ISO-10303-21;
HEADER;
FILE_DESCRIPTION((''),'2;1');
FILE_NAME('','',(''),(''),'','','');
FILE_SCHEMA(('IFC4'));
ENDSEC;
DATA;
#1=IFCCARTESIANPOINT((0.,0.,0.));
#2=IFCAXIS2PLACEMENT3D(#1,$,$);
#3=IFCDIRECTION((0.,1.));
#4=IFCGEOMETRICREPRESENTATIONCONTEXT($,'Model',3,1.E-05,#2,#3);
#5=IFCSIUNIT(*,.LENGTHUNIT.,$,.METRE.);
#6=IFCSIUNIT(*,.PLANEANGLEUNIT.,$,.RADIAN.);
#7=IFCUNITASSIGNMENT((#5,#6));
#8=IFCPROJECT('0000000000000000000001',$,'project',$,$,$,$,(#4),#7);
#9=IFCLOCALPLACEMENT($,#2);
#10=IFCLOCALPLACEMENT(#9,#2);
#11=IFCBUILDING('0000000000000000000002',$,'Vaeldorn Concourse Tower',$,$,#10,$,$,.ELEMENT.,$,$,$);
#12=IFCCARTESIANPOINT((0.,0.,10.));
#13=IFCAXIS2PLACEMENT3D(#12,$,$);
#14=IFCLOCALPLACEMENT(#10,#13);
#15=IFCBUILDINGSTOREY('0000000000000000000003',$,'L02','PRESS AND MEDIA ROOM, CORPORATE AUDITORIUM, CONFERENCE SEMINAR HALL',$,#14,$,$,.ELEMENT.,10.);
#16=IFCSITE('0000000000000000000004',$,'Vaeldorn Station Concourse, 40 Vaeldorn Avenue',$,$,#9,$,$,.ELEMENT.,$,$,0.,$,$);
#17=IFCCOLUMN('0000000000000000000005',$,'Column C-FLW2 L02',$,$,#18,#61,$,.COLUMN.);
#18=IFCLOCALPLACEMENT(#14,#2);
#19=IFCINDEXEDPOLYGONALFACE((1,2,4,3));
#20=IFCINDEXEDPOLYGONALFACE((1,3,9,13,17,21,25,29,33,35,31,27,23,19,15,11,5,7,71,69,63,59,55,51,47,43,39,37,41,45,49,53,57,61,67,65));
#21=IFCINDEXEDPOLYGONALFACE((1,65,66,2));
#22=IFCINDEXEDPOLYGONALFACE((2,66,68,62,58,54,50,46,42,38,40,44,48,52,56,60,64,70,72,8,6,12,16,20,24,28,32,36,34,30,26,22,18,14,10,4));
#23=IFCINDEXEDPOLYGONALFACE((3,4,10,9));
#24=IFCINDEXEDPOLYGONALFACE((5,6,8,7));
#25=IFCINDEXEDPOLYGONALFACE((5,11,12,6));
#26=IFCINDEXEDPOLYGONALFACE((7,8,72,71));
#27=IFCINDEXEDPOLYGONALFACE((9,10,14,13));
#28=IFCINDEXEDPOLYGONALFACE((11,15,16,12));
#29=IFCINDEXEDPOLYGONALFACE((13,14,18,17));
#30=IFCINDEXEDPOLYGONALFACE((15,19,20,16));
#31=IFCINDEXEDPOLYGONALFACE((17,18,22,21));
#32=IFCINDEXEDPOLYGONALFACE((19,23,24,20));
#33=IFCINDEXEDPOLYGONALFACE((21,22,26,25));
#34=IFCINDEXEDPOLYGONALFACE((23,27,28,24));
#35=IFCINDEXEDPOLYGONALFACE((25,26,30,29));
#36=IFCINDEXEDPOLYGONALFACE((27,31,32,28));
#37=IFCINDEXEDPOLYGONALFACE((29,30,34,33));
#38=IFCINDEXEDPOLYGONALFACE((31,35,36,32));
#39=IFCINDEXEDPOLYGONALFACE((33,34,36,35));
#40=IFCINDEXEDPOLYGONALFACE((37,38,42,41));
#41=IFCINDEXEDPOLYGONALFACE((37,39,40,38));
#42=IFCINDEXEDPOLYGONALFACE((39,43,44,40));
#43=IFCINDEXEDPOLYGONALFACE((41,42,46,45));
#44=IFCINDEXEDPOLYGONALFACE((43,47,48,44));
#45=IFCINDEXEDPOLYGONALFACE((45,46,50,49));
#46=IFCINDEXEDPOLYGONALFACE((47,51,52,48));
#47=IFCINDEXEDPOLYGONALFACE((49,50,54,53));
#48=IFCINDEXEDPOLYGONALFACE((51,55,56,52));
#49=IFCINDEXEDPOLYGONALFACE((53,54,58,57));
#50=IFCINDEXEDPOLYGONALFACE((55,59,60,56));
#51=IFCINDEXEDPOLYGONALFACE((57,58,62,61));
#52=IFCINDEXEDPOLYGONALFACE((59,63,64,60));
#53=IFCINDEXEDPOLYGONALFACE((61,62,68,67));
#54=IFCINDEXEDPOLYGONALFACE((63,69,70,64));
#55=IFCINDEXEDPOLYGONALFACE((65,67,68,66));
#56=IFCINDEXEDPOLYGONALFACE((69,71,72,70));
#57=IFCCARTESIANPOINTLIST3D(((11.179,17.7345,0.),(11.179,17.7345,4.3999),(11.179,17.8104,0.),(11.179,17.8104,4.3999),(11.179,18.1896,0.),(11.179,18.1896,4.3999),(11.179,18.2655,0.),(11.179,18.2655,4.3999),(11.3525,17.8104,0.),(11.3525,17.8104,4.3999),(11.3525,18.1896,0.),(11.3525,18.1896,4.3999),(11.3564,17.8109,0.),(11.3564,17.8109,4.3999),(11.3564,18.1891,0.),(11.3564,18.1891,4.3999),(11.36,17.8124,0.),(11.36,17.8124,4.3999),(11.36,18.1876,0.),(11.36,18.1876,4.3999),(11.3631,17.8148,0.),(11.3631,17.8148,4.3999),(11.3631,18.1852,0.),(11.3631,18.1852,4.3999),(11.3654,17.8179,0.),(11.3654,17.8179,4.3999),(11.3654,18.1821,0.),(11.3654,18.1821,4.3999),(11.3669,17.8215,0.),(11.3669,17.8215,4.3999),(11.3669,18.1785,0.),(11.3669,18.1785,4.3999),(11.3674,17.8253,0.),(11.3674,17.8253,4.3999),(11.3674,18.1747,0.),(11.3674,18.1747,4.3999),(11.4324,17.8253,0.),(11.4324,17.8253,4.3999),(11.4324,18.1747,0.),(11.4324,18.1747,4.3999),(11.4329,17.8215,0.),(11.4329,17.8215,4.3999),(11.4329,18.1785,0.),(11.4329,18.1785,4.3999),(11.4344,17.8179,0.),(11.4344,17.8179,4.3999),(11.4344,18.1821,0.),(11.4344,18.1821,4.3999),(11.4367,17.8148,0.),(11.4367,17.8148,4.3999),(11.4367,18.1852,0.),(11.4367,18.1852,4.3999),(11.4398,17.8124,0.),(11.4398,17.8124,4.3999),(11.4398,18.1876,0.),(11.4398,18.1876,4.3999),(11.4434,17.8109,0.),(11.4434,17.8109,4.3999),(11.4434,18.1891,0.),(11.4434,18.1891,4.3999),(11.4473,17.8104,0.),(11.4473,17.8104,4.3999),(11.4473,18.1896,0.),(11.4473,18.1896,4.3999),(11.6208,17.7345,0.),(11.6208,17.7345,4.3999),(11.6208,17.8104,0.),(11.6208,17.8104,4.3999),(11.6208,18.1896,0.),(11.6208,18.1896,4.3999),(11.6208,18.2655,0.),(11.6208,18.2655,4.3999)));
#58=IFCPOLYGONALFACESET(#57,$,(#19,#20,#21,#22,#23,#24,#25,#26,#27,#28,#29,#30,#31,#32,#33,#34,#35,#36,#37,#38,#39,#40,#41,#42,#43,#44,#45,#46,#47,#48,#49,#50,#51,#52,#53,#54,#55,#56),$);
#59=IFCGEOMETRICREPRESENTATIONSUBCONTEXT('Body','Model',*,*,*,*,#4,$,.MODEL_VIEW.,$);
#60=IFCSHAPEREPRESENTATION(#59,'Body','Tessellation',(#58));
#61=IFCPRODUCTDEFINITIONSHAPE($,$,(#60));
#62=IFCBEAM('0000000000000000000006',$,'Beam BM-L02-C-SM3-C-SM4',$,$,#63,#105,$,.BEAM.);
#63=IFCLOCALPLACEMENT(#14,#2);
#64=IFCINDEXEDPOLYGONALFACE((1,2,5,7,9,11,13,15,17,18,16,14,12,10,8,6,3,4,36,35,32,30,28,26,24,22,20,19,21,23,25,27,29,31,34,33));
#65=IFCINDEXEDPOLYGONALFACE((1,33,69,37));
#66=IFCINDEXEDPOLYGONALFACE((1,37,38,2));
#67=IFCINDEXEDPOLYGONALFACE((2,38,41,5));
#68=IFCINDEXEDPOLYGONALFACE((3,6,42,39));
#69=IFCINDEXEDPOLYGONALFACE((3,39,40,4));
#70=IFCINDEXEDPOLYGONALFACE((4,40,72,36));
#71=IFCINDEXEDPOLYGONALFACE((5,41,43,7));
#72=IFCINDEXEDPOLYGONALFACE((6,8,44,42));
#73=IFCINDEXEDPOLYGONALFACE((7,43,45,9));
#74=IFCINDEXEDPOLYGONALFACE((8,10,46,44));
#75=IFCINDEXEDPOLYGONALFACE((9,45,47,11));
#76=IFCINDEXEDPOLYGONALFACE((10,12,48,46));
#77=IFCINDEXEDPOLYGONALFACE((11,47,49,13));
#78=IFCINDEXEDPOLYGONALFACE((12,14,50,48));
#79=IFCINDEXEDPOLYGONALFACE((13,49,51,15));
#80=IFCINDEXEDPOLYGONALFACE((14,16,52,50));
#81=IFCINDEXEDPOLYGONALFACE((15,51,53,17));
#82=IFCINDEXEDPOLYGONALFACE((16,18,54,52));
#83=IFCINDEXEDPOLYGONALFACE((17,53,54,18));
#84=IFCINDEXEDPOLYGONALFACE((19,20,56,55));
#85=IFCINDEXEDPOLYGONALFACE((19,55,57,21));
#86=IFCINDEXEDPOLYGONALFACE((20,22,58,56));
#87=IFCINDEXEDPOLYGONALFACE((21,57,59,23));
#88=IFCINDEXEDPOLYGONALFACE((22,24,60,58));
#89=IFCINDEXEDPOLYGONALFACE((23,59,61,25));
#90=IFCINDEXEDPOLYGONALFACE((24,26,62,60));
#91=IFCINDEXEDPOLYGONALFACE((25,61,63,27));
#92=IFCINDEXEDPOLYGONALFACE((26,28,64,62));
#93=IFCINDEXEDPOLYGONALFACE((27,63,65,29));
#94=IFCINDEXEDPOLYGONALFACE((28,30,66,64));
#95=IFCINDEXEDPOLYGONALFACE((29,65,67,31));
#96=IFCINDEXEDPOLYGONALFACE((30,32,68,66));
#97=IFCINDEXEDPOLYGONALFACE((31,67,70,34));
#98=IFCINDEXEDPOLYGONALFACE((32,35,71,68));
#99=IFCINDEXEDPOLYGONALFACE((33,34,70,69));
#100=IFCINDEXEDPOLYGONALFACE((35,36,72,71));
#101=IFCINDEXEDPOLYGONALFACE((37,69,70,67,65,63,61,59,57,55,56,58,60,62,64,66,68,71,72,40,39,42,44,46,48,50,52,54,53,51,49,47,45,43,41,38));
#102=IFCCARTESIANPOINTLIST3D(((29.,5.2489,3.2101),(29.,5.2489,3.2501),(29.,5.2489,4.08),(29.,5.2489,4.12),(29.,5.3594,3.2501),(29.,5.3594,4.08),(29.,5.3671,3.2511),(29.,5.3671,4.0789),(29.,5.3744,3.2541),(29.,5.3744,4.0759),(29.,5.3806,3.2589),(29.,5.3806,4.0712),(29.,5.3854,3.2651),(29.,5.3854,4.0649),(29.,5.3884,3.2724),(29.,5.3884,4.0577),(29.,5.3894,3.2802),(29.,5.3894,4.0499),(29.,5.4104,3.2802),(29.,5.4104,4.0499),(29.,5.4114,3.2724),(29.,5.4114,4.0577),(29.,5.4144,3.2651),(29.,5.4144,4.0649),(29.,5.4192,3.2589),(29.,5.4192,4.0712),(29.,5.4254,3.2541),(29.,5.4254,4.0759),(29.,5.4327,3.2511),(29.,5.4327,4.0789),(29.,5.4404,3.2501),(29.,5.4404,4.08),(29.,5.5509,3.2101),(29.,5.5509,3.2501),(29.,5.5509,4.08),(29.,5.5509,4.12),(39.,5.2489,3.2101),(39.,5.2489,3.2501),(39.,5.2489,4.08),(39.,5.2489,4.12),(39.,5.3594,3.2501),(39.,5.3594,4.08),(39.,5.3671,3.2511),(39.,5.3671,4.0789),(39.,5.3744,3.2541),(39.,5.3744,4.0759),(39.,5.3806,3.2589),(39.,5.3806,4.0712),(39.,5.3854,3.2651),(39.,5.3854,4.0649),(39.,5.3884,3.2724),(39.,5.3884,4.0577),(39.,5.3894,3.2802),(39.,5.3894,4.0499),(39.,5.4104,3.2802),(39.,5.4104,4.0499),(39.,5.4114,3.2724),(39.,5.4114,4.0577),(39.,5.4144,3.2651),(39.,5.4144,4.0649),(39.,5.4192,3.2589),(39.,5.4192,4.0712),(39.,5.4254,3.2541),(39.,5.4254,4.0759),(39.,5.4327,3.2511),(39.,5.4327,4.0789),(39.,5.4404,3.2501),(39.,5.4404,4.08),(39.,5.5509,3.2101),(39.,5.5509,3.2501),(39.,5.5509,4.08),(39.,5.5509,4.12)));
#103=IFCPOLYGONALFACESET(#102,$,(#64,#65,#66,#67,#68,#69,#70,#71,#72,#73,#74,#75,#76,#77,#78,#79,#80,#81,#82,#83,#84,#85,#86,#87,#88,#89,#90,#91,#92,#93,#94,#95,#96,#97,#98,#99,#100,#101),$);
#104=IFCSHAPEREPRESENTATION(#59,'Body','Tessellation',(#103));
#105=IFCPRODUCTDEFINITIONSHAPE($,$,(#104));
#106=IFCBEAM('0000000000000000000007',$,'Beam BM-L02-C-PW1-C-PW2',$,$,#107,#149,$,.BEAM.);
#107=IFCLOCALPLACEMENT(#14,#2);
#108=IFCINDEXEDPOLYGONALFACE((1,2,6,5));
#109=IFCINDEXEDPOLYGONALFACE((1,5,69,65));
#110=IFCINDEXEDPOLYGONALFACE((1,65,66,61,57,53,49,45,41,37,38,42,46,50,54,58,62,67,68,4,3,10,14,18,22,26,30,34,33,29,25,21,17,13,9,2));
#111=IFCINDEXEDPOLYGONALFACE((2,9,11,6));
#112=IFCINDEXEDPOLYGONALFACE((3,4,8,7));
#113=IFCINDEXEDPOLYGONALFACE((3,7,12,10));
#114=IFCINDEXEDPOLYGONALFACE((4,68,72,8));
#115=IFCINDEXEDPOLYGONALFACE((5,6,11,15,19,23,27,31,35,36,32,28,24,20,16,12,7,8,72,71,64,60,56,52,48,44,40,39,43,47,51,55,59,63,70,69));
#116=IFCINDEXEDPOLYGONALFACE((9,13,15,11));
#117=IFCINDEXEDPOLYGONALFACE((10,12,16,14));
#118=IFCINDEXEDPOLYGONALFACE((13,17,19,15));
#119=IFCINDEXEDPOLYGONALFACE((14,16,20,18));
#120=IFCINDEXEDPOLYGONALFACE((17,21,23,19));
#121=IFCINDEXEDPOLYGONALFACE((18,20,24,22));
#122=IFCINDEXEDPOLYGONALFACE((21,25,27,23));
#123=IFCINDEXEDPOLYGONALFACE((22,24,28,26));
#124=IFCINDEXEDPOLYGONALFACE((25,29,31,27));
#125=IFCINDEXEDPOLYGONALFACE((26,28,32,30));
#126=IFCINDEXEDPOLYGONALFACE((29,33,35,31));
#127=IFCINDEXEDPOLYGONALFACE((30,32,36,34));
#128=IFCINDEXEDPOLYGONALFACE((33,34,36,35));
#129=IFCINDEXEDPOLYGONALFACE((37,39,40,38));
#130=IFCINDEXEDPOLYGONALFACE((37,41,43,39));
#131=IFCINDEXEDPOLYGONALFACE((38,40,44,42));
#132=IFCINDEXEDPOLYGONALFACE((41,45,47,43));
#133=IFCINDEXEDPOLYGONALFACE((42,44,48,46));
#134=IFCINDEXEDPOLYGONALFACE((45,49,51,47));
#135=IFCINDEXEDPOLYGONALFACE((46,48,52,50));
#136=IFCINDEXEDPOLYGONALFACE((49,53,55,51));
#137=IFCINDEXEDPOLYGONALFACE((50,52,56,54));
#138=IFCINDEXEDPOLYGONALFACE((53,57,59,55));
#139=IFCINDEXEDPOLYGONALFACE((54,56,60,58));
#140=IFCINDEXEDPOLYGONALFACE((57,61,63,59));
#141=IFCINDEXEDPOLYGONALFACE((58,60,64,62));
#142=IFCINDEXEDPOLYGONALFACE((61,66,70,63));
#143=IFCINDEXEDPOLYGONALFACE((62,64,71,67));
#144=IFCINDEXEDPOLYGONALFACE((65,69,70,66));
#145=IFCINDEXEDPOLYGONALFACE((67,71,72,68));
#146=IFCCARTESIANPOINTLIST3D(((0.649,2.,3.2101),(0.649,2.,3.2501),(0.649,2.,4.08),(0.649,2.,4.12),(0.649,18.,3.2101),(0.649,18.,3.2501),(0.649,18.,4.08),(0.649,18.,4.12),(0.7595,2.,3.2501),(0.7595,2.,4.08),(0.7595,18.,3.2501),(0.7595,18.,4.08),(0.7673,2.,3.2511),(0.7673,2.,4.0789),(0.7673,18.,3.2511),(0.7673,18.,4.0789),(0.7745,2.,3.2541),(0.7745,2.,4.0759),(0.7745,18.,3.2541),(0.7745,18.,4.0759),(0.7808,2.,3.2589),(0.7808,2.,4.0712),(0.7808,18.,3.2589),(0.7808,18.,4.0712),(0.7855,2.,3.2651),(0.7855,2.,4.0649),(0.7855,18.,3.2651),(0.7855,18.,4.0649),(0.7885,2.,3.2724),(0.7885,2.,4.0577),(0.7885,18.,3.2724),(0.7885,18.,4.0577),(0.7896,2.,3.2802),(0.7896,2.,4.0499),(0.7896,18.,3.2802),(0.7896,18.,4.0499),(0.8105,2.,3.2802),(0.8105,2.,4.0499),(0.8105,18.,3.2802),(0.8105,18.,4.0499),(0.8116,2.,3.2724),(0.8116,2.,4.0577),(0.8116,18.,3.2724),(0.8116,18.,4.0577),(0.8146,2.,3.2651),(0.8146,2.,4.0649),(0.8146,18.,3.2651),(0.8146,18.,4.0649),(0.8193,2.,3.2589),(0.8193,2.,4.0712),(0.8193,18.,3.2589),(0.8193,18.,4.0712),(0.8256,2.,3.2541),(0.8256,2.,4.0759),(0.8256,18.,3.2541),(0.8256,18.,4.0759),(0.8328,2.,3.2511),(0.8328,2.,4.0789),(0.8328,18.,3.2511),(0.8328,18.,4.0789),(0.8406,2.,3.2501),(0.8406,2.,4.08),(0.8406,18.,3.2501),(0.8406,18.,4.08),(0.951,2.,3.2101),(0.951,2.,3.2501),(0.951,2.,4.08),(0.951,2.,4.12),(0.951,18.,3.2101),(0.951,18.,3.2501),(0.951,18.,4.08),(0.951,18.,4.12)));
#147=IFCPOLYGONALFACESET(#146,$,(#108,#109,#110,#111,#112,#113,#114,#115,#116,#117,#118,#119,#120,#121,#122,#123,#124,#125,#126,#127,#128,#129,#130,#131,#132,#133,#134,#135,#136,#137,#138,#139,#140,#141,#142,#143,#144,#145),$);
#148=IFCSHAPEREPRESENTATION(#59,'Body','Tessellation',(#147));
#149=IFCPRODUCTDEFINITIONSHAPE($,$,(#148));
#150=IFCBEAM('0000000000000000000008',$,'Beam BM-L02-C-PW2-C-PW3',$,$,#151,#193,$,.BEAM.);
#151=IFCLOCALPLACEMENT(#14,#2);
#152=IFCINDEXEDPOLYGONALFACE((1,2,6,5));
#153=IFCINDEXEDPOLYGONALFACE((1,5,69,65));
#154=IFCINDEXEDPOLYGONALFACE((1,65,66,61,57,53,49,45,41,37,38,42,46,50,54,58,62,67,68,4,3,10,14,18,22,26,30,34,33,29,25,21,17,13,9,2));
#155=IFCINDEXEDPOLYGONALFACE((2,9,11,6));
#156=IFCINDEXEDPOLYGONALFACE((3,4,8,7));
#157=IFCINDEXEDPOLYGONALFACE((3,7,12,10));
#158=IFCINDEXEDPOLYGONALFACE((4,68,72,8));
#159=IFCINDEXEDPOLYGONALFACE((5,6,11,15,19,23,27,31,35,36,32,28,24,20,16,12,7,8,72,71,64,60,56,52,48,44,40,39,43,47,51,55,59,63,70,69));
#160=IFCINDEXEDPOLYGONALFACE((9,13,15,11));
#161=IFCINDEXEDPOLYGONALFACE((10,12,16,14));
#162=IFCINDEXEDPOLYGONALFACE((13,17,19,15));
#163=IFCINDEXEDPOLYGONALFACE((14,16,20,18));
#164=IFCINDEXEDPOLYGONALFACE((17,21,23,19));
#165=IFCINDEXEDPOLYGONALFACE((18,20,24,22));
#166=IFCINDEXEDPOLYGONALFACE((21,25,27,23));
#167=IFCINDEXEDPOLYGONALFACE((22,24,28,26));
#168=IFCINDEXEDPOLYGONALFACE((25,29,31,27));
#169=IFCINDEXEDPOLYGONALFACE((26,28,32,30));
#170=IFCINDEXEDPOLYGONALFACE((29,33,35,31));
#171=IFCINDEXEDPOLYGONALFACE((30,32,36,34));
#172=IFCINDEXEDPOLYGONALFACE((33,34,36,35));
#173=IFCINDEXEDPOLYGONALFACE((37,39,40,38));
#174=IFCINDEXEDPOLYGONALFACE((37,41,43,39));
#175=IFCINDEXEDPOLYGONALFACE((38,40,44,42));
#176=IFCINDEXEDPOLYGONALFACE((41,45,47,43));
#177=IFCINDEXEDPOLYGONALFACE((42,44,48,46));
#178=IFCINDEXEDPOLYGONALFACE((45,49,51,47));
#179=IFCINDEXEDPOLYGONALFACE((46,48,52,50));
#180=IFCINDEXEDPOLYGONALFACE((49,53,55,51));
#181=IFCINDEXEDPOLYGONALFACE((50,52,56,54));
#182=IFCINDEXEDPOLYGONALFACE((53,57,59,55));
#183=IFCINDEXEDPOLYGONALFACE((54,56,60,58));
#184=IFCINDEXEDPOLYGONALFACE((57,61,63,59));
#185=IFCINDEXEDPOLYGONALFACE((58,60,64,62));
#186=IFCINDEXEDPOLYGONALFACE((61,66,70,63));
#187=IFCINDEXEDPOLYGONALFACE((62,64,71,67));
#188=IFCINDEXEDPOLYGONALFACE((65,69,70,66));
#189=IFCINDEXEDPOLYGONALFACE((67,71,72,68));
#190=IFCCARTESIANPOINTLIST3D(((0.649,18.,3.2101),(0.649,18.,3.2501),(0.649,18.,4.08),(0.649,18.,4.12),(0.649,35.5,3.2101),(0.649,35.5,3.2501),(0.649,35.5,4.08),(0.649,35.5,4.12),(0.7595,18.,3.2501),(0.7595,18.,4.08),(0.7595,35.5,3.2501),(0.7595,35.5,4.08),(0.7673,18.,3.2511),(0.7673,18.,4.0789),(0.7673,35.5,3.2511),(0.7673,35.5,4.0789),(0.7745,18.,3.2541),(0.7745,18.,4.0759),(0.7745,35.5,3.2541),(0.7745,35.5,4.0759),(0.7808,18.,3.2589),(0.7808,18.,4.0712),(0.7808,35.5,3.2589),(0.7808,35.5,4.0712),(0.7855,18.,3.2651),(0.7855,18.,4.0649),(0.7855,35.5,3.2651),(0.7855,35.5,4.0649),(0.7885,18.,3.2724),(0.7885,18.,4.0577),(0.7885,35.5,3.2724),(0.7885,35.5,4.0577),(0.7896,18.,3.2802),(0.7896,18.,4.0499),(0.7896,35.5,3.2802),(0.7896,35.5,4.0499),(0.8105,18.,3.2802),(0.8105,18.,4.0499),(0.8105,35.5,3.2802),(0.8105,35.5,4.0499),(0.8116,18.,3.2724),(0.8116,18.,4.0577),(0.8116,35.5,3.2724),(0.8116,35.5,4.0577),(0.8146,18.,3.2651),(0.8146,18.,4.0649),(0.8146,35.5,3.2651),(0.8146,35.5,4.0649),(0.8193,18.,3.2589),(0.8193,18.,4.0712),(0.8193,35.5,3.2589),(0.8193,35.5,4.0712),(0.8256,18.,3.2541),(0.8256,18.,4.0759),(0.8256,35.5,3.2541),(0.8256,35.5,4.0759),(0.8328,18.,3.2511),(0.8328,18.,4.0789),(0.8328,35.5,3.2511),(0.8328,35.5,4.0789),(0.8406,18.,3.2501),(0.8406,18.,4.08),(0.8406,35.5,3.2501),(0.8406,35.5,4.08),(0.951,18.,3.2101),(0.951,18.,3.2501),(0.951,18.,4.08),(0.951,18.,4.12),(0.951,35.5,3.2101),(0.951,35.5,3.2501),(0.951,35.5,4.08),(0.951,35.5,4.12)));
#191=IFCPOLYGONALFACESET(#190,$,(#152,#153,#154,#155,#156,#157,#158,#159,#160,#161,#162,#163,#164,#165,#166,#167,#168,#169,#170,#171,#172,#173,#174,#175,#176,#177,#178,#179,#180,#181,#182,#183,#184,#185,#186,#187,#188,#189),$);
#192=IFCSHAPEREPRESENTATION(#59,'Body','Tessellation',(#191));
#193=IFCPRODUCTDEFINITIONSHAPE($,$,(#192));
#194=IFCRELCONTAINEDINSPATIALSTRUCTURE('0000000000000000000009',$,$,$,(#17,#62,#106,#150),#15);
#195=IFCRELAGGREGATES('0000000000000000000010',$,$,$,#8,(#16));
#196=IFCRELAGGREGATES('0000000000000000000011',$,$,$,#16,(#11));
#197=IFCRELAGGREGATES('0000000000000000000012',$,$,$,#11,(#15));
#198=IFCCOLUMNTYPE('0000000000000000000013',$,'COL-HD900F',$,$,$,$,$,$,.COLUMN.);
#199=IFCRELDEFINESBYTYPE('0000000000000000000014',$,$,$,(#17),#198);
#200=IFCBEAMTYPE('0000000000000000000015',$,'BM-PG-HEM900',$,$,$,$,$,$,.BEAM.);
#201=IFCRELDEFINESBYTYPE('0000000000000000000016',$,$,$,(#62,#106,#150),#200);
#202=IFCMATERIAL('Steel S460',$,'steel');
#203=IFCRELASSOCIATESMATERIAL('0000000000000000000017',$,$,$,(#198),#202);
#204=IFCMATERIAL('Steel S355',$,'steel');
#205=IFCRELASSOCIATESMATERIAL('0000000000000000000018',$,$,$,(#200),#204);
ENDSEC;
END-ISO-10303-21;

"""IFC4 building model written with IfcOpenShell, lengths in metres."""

from ifc_helpers import new_model, si_unit, direction, frame, origin, origin_2d, place, context, subcontext, project, spatial, i_section, extrude, source, transform, mapped, material, material_profile, profile_set, type_object, element, save


model = new_model("IFC4")

# Units and contexts
model_context = context("Model", 3, precision=1e-05, world=origin(), true_north=direction((0.0, 1.0)))
body_context = subcontext(model_context, "Body", "Model", "MODEL_VIEW")
ifc_project = project(units=[si_unit("LENGTHUNIT", "METRE"), si_unit("PLANEANGLEUNIT", "RADIAN")], contexts=[model_context])

# Site, building, storey
site_placement = place(None, origin())
site = spatial("IfcSite", under=ifc_project, at=site_placement, Name="Vaeldorn Station Concourse, 40 Vaeldorn Avenue", CompositionType="ELEMENT", RefElevation=0.0)
building_placement = place(site_placement, origin())
building = spatial("IfcBuilding", under=site, at=building_placement, Name="Vaeldorn Concourse Tower", CompositionType="ELEMENT")
storey_placement = place(building_placement, frame((0.0, 0.0, 10.0)))
storey = spatial("IfcBuildingStorey", under=building, at=storey_placement, Name="L02", Description="PRESS AND MEDIA ROOM, CORPORATE AUDITORIUM, CONFERENCE SEMINAR HALL", CompositionType="ELEMENT", Elevation=10.0)

# Column
ifc_material_1 = material(Name="Steel S460", Category="steel")
ifc_material_profile_1 = material_profile(ifc_material_1, i_section(OverallWidth=0.4419, OverallDepth=0.531, WebThickness=0.0649, FlangeThickness=0.0759, FilletRadius=0.0149, at=origin_2d()), Name="HD 400x900")
ifc_profile_set_1 = profile_set([ifc_material_profile_1], Name="Steel S460")
column_type_1 = type_object("IfcColumnType", Name="COL-HD900F", PredefinedType="COLUMN", material=ifc_profile_set_1)
shared_shape_1 = source(origin(), body_context, "Body", "SweptSolid", [
    extrude(i_section(OverallWidth=0.4419, OverallDepth=0.531, WebThickness=0.0649, FlangeThickness=0.0759, FilletRadius=0.0149, at=origin_2d()), origin(), (0.0, 0.0, 1.0), 4.3999),
])
for number, where, z_axis, x_axis, name in (
    (1, (11.3999, 18.0, 0.0), (0.0, 0.0, 1.0), (1.0, 0.0, 0.0), "Column C-FLW2 L02"),
):
    element("IfcColumn", number, at=place(storey_placement, frame(where, z_axis=z_axis, x_axis=x_axis)), inside=storey, type_object=column_type_1, Name=name, PredefinedType="COLUMN", context=body_context, shape_type="MappedRepresentation", body=[
        mapped(shared_shape_1, transform((0.0, 0.0, 0.0), scale=1.0)),
    ])

# Beams
ifc_material_2 = material(Name="Steel S355", Category="steel")
ifc_material_profile_2 = material_profile(ifc_material_2, i_section(OverallWidth=0.302, OverallDepth=0.9099, WebThickness=0.021, FlangeThickness=0.04, FilletRadius=0.03, at=origin_2d()), Name="HEM 900")
ifc_profile_set_2 = profile_set([ifc_material_profile_2], Name="Steel S355")
beam_type_1 = type_object("IfcBeamType", Name="BM-PG-HEM900", PredefinedType="BEAM", material=ifc_profile_set_2)
shared_shape_2 = source(origin(), body_context, "Body", "SweptSolid", [
    extrude(i_section(OverallWidth=0.302, OverallDepth=0.9099, WebThickness=0.021, FlangeThickness=0.04, FilletRadius=0.03, at=origin_2d()), origin(), (0.0, 0.0, 1.0), 10.0),
])
beam_1_placement = place(storey_placement, frame((29.0, 5.3999, 3.665), z_axis=(1.0, 0.0, 0.0), x_axis=(0.0, 1.0, 0.0)))
element("IfcBeam", 2, at=beam_1_placement, inside=storey, type_object=beam_type_1, Name="Beam BM-L02-C-SM3-C-SM4", PredefinedType="BEAM", context=body_context, shape_type="MappedRepresentation", body=[
    mapped(shared_shape_2, transform((0.0, 0.0, 0.0), scale=1.0)),
])
shared_shape_3 = source(origin(), body_context, "Body", "SweptSolid", [
    extrude(i_section(OverallWidth=0.302, OverallDepth=0.9099, WebThickness=0.021, FlangeThickness=0.04, FilletRadius=0.03, at=origin_2d()), origin(), (0.0, 0.0, 1.0), 16.0),
])
beam_2_placement = place(storey_placement, frame((0.8, 2.0, 3.665), z_axis=(0.0, 1.0, 0.0), x_axis=(-1.0, 0.0, 0.0)))
element("IfcBeam", 3, at=beam_2_placement, inside=storey, type_object=beam_type_1, Name="Beam BM-L02-C-PW1-C-PW2", PredefinedType="BEAM", context=body_context, shape_type="MappedRepresentation", body=[
    mapped(shared_shape_3, transform((0.0, 0.0, 0.0), scale=1.0)),
])
shared_shape_4 = source(origin(), body_context, "Body", "SweptSolid", [
    extrude(i_section(OverallWidth=0.302, OverallDepth=0.9099, WebThickness=0.021, FlangeThickness=0.04, FilletRadius=0.03, at=origin_2d()), origin(), (0.0, 0.0, 1.0), 17.5),
])
beam_3_placement = place(storey_placement, frame((0.8, 18.0, 3.665), z_axis=(0.0, 1.0, 0.0), x_axis=(-1.0, 0.0, 0.0)))
element("IfcBeam", 4, at=beam_3_placement, inside=storey, type_object=beam_type_1, Name="Beam BM-L02-C-PW2-C-PW3", PredefinedType="BEAM", context=body_context, shape_type="MappedRepresentation", body=[
    mapped(shared_shape_4, transform((0.0, 0.0, 0.0), scale=1.0)),
])

save(model, "model.ifc")
